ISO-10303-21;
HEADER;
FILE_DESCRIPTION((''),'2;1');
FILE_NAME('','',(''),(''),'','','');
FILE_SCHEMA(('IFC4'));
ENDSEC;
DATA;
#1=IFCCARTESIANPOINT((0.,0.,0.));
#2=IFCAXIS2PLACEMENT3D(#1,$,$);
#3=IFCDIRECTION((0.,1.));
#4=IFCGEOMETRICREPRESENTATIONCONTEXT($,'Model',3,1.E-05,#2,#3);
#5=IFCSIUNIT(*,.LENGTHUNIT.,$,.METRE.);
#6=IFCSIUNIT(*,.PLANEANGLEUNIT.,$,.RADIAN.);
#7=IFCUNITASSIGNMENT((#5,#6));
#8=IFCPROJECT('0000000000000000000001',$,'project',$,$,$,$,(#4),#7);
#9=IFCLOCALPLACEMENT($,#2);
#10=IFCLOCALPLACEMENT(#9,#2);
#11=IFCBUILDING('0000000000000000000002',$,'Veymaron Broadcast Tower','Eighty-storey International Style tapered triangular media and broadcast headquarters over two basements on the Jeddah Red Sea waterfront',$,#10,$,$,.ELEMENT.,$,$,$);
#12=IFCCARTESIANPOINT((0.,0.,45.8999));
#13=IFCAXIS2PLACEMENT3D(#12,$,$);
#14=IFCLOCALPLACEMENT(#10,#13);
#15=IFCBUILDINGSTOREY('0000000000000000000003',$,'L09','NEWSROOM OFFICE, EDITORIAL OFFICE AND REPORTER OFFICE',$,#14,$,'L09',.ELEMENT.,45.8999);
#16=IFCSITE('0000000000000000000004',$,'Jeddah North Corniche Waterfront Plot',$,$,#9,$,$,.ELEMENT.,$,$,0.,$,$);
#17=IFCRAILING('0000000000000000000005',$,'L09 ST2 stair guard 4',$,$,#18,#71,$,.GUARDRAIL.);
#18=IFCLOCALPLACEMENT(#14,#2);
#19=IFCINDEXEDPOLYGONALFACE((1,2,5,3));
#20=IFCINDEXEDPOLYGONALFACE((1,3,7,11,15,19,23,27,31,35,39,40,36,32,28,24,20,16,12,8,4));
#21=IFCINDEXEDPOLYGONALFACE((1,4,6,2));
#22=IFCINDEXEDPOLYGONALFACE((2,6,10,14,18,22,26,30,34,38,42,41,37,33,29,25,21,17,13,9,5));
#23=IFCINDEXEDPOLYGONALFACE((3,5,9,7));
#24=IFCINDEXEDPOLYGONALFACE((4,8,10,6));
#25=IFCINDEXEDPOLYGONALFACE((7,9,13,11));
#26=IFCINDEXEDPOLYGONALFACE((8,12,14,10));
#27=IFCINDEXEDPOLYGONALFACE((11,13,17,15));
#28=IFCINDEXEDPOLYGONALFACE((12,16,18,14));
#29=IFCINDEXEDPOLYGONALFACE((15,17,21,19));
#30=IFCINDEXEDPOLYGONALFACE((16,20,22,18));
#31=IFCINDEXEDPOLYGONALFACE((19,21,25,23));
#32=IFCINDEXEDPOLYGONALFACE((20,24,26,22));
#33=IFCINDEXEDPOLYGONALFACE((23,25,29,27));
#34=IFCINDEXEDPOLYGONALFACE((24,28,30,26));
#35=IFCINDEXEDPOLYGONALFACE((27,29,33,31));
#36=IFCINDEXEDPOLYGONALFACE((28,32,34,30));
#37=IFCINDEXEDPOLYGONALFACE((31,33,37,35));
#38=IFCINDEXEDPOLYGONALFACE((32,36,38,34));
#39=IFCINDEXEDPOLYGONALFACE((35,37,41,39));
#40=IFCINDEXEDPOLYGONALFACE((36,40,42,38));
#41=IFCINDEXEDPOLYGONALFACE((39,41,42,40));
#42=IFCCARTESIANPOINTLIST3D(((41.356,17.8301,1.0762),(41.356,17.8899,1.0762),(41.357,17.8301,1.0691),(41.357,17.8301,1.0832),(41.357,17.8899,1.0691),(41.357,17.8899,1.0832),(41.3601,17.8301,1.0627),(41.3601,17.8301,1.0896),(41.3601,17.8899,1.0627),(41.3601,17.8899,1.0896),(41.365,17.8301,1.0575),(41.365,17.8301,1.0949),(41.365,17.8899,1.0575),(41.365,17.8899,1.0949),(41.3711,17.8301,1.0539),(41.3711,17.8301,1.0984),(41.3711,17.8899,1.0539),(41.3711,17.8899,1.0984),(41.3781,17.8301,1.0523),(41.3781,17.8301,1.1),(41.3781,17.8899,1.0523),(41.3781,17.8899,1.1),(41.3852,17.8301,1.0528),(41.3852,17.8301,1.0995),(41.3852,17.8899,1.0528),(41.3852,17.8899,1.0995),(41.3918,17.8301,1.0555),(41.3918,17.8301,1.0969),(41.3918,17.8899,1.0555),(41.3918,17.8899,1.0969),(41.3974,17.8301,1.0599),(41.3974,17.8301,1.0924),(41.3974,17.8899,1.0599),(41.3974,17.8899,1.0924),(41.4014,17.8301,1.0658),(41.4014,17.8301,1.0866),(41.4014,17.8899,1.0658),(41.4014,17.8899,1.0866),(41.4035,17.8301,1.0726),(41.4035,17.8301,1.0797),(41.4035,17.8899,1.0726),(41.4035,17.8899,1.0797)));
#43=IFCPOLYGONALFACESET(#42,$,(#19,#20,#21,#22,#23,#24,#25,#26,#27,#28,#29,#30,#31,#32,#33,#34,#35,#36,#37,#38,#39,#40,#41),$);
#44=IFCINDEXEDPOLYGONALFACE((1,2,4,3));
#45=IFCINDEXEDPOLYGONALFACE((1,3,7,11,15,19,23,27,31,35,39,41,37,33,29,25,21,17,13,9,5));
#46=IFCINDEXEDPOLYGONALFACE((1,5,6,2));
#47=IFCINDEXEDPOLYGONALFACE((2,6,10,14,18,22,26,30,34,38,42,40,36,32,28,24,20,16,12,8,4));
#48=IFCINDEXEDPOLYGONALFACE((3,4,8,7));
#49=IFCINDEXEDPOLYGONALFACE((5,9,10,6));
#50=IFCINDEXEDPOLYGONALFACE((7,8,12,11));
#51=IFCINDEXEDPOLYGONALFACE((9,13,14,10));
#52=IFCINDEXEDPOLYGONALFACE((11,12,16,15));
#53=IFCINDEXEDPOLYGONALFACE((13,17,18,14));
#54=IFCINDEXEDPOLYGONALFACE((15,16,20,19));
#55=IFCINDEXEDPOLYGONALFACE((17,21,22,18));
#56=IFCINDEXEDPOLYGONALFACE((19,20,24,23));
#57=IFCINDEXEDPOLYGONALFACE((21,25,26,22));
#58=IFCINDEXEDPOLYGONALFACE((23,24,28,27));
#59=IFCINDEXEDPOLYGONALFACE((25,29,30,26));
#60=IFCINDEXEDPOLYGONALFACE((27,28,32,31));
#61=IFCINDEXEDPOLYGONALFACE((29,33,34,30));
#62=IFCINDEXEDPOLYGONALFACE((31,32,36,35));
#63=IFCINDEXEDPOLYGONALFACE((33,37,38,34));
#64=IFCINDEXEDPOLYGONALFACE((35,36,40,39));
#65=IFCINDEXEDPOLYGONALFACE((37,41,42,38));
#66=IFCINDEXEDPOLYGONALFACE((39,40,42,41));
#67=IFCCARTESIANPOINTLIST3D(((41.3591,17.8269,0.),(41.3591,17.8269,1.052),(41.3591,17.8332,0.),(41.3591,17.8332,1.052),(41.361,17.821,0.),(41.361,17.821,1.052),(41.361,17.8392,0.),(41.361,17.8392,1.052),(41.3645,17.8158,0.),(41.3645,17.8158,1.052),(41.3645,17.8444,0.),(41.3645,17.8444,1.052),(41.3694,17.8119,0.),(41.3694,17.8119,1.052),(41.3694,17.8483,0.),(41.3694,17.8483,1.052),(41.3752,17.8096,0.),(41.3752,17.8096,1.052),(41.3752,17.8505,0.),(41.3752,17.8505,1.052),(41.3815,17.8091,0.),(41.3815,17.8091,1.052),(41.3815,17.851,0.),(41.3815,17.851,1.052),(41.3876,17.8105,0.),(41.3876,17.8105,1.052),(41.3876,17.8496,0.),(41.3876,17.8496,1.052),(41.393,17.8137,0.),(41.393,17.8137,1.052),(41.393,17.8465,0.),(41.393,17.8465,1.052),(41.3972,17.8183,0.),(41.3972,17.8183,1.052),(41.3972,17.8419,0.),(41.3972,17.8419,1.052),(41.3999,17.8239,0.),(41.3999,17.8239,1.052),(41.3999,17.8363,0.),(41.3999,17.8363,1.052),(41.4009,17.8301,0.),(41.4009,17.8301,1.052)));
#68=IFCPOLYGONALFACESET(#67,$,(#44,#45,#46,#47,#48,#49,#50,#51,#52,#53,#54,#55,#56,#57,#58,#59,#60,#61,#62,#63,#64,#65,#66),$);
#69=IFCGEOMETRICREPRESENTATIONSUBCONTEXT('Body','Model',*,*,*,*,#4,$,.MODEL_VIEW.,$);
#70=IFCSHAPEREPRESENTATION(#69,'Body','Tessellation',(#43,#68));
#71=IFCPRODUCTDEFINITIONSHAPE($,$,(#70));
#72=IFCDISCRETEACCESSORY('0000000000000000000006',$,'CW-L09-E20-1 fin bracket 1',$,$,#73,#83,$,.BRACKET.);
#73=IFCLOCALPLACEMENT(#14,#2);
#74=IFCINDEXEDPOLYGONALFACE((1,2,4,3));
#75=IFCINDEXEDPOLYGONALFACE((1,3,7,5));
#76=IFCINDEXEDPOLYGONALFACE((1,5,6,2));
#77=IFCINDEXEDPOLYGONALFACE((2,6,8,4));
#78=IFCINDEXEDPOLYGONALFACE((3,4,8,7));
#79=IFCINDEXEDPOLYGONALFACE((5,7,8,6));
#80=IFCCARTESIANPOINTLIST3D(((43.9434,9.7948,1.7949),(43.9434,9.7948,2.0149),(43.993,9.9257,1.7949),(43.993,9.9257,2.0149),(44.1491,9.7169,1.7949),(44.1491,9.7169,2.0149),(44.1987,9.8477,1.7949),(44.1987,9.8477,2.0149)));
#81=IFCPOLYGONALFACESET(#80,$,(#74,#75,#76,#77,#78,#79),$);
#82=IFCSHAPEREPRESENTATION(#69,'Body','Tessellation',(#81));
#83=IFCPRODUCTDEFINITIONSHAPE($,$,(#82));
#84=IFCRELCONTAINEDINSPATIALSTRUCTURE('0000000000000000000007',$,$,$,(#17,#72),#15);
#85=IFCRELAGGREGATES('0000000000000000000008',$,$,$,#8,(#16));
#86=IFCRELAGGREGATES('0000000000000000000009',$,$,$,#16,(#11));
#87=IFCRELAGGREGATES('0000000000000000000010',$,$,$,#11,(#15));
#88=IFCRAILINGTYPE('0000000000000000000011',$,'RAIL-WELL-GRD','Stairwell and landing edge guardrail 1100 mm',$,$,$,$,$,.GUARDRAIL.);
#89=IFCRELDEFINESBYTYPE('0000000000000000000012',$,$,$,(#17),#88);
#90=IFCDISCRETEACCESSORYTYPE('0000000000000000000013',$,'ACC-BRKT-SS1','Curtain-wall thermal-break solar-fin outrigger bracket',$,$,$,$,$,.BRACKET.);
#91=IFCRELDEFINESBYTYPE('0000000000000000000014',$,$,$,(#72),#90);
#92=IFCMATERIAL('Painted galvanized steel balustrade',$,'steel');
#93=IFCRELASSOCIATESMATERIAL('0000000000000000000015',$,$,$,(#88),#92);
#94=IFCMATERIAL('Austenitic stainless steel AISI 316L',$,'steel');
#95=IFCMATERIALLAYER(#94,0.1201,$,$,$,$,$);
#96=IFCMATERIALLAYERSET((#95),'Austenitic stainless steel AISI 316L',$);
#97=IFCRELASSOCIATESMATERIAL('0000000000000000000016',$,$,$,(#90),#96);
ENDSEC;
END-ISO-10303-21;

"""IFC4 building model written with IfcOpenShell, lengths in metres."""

from ifc_helpers import new_model, si_unit, direction, frame, origin, origin_2d, place, context, subcontext, project, spatial, rectangle, circle, extrude, material, layer, layer_set, type_object, element, save


model = new_model("IFC4")

# Units and contexts
model_context = context("Model", 3, precision=1e-05, world=origin(), true_north=direction((0.0, 1.0)))
body_context = subcontext(model_context, "Body", "Model", "MODEL_VIEW")
ifc_project = project(units=[si_unit("LENGTHUNIT", "METRE"), si_unit("PLANEANGLEUNIT", "RADIAN")], contexts=[model_context])

# Site, building, storey
site_placement = place(None, origin())
site = spatial("IfcSite", under=ifc_project, at=site_placement, Name="Jeddah North Corniche Waterfront Plot", CompositionType="ELEMENT", RefElevation=0.0)
building_placement = place(site_placement, origin())
building = spatial("IfcBuilding", under=site, at=building_placement, Name="Veymaron Broadcast Tower", Description="Eighty-storey International Style tapered triangular media and broadcast headquarters over two basements on the Jeddah Red Sea waterfront", CompositionType="ELEMENT")
storey_placement = place(building_placement, frame((0.0, 0.0, 45.8999)))
storey = spatial("IfcBuildingStorey", under=building, at=storey_placement, Name="L09", Description="NEWSROOM OFFICE, EDITORIAL OFFICE AND REPORTER OFFICE", LongName="L09", CompositionType="ELEMENT", Elevation=45.8999)

# Railing
ifc_material_1 = material(Name="Painted galvanized steel balustrade", Category="steel")
railing_type_1 = type_object("IfcRailingType", Name="RAIL-WELL-GRD", Description="Stairwell and landing edge guardrail 1100 mm", PredefinedType="GUARDRAIL", material=ifc_material_1)
railing_1_placement = place(storey_placement, frame((41.3799, 17.8301, 0.0)))
element("IfcRailing", 1, at=railing_1_placement, inside=storey, type_object=railing_type_1, Name="L09 ST2 stair guard 4", PredefinedType="GUARDRAIL", context=body_context, shape_type="SweptSolid", body=[
    extrude(circle(Radius=0.0239, at=origin_2d()), frame((0.0, 0.0, 1.0762), z_axis=(0.0, 1.0, 0.0), x_axis=(-1.0, 0.0, 0.0)), (0.0, 0.0, 1.0), 0.0598),
    extrude(circle(Radius=0.021, at=origin_2d()), origin(), (0.0, 0.0, 1.0), 1.052),
])

# Discrete accessory
ifc_material_2 = material(Name="Austenitic stainless steel AISI 316L", Category="steel")
ifc_layer_1 = layer(ifc_material_2, 0.1201)
ifc_layer_set_1 = layer_set([ifc_layer_1], Name="Austenitic stainless steel AISI 316L")
discrete_accessory_type = type_object("IfcDiscreteAccessoryType", Name="ACC-BRKT-SS1", Description="Curtain-wall thermal-break solar-fin outrigger bracket", PredefinedType="BRACKET", material=ifc_layer_set_1)
discrete_accessory_placement = place(storey_placement, frame((44.071, 9.8213, 1.7949), z_axis=(0.0, 0.0, 1.0), x_axis=(0.93516, -0.354226, 0.0)))
element("IfcDiscreteAccessory", 2, at=discrete_accessory_placement, inside=storey, type_object=discrete_accessory_type, Name="CW-L09-E20-1 fin bracket 1", PredefinedType="BRACKET", context=body_context, shape_type="SweptSolid", body=[
    extrude(rectangle(XDim=0.22, YDim=0.1399, at=origin_2d()), origin(), (0.0, 0.0, 1.0), 0.22),
])

save(model, "model.ifc")
